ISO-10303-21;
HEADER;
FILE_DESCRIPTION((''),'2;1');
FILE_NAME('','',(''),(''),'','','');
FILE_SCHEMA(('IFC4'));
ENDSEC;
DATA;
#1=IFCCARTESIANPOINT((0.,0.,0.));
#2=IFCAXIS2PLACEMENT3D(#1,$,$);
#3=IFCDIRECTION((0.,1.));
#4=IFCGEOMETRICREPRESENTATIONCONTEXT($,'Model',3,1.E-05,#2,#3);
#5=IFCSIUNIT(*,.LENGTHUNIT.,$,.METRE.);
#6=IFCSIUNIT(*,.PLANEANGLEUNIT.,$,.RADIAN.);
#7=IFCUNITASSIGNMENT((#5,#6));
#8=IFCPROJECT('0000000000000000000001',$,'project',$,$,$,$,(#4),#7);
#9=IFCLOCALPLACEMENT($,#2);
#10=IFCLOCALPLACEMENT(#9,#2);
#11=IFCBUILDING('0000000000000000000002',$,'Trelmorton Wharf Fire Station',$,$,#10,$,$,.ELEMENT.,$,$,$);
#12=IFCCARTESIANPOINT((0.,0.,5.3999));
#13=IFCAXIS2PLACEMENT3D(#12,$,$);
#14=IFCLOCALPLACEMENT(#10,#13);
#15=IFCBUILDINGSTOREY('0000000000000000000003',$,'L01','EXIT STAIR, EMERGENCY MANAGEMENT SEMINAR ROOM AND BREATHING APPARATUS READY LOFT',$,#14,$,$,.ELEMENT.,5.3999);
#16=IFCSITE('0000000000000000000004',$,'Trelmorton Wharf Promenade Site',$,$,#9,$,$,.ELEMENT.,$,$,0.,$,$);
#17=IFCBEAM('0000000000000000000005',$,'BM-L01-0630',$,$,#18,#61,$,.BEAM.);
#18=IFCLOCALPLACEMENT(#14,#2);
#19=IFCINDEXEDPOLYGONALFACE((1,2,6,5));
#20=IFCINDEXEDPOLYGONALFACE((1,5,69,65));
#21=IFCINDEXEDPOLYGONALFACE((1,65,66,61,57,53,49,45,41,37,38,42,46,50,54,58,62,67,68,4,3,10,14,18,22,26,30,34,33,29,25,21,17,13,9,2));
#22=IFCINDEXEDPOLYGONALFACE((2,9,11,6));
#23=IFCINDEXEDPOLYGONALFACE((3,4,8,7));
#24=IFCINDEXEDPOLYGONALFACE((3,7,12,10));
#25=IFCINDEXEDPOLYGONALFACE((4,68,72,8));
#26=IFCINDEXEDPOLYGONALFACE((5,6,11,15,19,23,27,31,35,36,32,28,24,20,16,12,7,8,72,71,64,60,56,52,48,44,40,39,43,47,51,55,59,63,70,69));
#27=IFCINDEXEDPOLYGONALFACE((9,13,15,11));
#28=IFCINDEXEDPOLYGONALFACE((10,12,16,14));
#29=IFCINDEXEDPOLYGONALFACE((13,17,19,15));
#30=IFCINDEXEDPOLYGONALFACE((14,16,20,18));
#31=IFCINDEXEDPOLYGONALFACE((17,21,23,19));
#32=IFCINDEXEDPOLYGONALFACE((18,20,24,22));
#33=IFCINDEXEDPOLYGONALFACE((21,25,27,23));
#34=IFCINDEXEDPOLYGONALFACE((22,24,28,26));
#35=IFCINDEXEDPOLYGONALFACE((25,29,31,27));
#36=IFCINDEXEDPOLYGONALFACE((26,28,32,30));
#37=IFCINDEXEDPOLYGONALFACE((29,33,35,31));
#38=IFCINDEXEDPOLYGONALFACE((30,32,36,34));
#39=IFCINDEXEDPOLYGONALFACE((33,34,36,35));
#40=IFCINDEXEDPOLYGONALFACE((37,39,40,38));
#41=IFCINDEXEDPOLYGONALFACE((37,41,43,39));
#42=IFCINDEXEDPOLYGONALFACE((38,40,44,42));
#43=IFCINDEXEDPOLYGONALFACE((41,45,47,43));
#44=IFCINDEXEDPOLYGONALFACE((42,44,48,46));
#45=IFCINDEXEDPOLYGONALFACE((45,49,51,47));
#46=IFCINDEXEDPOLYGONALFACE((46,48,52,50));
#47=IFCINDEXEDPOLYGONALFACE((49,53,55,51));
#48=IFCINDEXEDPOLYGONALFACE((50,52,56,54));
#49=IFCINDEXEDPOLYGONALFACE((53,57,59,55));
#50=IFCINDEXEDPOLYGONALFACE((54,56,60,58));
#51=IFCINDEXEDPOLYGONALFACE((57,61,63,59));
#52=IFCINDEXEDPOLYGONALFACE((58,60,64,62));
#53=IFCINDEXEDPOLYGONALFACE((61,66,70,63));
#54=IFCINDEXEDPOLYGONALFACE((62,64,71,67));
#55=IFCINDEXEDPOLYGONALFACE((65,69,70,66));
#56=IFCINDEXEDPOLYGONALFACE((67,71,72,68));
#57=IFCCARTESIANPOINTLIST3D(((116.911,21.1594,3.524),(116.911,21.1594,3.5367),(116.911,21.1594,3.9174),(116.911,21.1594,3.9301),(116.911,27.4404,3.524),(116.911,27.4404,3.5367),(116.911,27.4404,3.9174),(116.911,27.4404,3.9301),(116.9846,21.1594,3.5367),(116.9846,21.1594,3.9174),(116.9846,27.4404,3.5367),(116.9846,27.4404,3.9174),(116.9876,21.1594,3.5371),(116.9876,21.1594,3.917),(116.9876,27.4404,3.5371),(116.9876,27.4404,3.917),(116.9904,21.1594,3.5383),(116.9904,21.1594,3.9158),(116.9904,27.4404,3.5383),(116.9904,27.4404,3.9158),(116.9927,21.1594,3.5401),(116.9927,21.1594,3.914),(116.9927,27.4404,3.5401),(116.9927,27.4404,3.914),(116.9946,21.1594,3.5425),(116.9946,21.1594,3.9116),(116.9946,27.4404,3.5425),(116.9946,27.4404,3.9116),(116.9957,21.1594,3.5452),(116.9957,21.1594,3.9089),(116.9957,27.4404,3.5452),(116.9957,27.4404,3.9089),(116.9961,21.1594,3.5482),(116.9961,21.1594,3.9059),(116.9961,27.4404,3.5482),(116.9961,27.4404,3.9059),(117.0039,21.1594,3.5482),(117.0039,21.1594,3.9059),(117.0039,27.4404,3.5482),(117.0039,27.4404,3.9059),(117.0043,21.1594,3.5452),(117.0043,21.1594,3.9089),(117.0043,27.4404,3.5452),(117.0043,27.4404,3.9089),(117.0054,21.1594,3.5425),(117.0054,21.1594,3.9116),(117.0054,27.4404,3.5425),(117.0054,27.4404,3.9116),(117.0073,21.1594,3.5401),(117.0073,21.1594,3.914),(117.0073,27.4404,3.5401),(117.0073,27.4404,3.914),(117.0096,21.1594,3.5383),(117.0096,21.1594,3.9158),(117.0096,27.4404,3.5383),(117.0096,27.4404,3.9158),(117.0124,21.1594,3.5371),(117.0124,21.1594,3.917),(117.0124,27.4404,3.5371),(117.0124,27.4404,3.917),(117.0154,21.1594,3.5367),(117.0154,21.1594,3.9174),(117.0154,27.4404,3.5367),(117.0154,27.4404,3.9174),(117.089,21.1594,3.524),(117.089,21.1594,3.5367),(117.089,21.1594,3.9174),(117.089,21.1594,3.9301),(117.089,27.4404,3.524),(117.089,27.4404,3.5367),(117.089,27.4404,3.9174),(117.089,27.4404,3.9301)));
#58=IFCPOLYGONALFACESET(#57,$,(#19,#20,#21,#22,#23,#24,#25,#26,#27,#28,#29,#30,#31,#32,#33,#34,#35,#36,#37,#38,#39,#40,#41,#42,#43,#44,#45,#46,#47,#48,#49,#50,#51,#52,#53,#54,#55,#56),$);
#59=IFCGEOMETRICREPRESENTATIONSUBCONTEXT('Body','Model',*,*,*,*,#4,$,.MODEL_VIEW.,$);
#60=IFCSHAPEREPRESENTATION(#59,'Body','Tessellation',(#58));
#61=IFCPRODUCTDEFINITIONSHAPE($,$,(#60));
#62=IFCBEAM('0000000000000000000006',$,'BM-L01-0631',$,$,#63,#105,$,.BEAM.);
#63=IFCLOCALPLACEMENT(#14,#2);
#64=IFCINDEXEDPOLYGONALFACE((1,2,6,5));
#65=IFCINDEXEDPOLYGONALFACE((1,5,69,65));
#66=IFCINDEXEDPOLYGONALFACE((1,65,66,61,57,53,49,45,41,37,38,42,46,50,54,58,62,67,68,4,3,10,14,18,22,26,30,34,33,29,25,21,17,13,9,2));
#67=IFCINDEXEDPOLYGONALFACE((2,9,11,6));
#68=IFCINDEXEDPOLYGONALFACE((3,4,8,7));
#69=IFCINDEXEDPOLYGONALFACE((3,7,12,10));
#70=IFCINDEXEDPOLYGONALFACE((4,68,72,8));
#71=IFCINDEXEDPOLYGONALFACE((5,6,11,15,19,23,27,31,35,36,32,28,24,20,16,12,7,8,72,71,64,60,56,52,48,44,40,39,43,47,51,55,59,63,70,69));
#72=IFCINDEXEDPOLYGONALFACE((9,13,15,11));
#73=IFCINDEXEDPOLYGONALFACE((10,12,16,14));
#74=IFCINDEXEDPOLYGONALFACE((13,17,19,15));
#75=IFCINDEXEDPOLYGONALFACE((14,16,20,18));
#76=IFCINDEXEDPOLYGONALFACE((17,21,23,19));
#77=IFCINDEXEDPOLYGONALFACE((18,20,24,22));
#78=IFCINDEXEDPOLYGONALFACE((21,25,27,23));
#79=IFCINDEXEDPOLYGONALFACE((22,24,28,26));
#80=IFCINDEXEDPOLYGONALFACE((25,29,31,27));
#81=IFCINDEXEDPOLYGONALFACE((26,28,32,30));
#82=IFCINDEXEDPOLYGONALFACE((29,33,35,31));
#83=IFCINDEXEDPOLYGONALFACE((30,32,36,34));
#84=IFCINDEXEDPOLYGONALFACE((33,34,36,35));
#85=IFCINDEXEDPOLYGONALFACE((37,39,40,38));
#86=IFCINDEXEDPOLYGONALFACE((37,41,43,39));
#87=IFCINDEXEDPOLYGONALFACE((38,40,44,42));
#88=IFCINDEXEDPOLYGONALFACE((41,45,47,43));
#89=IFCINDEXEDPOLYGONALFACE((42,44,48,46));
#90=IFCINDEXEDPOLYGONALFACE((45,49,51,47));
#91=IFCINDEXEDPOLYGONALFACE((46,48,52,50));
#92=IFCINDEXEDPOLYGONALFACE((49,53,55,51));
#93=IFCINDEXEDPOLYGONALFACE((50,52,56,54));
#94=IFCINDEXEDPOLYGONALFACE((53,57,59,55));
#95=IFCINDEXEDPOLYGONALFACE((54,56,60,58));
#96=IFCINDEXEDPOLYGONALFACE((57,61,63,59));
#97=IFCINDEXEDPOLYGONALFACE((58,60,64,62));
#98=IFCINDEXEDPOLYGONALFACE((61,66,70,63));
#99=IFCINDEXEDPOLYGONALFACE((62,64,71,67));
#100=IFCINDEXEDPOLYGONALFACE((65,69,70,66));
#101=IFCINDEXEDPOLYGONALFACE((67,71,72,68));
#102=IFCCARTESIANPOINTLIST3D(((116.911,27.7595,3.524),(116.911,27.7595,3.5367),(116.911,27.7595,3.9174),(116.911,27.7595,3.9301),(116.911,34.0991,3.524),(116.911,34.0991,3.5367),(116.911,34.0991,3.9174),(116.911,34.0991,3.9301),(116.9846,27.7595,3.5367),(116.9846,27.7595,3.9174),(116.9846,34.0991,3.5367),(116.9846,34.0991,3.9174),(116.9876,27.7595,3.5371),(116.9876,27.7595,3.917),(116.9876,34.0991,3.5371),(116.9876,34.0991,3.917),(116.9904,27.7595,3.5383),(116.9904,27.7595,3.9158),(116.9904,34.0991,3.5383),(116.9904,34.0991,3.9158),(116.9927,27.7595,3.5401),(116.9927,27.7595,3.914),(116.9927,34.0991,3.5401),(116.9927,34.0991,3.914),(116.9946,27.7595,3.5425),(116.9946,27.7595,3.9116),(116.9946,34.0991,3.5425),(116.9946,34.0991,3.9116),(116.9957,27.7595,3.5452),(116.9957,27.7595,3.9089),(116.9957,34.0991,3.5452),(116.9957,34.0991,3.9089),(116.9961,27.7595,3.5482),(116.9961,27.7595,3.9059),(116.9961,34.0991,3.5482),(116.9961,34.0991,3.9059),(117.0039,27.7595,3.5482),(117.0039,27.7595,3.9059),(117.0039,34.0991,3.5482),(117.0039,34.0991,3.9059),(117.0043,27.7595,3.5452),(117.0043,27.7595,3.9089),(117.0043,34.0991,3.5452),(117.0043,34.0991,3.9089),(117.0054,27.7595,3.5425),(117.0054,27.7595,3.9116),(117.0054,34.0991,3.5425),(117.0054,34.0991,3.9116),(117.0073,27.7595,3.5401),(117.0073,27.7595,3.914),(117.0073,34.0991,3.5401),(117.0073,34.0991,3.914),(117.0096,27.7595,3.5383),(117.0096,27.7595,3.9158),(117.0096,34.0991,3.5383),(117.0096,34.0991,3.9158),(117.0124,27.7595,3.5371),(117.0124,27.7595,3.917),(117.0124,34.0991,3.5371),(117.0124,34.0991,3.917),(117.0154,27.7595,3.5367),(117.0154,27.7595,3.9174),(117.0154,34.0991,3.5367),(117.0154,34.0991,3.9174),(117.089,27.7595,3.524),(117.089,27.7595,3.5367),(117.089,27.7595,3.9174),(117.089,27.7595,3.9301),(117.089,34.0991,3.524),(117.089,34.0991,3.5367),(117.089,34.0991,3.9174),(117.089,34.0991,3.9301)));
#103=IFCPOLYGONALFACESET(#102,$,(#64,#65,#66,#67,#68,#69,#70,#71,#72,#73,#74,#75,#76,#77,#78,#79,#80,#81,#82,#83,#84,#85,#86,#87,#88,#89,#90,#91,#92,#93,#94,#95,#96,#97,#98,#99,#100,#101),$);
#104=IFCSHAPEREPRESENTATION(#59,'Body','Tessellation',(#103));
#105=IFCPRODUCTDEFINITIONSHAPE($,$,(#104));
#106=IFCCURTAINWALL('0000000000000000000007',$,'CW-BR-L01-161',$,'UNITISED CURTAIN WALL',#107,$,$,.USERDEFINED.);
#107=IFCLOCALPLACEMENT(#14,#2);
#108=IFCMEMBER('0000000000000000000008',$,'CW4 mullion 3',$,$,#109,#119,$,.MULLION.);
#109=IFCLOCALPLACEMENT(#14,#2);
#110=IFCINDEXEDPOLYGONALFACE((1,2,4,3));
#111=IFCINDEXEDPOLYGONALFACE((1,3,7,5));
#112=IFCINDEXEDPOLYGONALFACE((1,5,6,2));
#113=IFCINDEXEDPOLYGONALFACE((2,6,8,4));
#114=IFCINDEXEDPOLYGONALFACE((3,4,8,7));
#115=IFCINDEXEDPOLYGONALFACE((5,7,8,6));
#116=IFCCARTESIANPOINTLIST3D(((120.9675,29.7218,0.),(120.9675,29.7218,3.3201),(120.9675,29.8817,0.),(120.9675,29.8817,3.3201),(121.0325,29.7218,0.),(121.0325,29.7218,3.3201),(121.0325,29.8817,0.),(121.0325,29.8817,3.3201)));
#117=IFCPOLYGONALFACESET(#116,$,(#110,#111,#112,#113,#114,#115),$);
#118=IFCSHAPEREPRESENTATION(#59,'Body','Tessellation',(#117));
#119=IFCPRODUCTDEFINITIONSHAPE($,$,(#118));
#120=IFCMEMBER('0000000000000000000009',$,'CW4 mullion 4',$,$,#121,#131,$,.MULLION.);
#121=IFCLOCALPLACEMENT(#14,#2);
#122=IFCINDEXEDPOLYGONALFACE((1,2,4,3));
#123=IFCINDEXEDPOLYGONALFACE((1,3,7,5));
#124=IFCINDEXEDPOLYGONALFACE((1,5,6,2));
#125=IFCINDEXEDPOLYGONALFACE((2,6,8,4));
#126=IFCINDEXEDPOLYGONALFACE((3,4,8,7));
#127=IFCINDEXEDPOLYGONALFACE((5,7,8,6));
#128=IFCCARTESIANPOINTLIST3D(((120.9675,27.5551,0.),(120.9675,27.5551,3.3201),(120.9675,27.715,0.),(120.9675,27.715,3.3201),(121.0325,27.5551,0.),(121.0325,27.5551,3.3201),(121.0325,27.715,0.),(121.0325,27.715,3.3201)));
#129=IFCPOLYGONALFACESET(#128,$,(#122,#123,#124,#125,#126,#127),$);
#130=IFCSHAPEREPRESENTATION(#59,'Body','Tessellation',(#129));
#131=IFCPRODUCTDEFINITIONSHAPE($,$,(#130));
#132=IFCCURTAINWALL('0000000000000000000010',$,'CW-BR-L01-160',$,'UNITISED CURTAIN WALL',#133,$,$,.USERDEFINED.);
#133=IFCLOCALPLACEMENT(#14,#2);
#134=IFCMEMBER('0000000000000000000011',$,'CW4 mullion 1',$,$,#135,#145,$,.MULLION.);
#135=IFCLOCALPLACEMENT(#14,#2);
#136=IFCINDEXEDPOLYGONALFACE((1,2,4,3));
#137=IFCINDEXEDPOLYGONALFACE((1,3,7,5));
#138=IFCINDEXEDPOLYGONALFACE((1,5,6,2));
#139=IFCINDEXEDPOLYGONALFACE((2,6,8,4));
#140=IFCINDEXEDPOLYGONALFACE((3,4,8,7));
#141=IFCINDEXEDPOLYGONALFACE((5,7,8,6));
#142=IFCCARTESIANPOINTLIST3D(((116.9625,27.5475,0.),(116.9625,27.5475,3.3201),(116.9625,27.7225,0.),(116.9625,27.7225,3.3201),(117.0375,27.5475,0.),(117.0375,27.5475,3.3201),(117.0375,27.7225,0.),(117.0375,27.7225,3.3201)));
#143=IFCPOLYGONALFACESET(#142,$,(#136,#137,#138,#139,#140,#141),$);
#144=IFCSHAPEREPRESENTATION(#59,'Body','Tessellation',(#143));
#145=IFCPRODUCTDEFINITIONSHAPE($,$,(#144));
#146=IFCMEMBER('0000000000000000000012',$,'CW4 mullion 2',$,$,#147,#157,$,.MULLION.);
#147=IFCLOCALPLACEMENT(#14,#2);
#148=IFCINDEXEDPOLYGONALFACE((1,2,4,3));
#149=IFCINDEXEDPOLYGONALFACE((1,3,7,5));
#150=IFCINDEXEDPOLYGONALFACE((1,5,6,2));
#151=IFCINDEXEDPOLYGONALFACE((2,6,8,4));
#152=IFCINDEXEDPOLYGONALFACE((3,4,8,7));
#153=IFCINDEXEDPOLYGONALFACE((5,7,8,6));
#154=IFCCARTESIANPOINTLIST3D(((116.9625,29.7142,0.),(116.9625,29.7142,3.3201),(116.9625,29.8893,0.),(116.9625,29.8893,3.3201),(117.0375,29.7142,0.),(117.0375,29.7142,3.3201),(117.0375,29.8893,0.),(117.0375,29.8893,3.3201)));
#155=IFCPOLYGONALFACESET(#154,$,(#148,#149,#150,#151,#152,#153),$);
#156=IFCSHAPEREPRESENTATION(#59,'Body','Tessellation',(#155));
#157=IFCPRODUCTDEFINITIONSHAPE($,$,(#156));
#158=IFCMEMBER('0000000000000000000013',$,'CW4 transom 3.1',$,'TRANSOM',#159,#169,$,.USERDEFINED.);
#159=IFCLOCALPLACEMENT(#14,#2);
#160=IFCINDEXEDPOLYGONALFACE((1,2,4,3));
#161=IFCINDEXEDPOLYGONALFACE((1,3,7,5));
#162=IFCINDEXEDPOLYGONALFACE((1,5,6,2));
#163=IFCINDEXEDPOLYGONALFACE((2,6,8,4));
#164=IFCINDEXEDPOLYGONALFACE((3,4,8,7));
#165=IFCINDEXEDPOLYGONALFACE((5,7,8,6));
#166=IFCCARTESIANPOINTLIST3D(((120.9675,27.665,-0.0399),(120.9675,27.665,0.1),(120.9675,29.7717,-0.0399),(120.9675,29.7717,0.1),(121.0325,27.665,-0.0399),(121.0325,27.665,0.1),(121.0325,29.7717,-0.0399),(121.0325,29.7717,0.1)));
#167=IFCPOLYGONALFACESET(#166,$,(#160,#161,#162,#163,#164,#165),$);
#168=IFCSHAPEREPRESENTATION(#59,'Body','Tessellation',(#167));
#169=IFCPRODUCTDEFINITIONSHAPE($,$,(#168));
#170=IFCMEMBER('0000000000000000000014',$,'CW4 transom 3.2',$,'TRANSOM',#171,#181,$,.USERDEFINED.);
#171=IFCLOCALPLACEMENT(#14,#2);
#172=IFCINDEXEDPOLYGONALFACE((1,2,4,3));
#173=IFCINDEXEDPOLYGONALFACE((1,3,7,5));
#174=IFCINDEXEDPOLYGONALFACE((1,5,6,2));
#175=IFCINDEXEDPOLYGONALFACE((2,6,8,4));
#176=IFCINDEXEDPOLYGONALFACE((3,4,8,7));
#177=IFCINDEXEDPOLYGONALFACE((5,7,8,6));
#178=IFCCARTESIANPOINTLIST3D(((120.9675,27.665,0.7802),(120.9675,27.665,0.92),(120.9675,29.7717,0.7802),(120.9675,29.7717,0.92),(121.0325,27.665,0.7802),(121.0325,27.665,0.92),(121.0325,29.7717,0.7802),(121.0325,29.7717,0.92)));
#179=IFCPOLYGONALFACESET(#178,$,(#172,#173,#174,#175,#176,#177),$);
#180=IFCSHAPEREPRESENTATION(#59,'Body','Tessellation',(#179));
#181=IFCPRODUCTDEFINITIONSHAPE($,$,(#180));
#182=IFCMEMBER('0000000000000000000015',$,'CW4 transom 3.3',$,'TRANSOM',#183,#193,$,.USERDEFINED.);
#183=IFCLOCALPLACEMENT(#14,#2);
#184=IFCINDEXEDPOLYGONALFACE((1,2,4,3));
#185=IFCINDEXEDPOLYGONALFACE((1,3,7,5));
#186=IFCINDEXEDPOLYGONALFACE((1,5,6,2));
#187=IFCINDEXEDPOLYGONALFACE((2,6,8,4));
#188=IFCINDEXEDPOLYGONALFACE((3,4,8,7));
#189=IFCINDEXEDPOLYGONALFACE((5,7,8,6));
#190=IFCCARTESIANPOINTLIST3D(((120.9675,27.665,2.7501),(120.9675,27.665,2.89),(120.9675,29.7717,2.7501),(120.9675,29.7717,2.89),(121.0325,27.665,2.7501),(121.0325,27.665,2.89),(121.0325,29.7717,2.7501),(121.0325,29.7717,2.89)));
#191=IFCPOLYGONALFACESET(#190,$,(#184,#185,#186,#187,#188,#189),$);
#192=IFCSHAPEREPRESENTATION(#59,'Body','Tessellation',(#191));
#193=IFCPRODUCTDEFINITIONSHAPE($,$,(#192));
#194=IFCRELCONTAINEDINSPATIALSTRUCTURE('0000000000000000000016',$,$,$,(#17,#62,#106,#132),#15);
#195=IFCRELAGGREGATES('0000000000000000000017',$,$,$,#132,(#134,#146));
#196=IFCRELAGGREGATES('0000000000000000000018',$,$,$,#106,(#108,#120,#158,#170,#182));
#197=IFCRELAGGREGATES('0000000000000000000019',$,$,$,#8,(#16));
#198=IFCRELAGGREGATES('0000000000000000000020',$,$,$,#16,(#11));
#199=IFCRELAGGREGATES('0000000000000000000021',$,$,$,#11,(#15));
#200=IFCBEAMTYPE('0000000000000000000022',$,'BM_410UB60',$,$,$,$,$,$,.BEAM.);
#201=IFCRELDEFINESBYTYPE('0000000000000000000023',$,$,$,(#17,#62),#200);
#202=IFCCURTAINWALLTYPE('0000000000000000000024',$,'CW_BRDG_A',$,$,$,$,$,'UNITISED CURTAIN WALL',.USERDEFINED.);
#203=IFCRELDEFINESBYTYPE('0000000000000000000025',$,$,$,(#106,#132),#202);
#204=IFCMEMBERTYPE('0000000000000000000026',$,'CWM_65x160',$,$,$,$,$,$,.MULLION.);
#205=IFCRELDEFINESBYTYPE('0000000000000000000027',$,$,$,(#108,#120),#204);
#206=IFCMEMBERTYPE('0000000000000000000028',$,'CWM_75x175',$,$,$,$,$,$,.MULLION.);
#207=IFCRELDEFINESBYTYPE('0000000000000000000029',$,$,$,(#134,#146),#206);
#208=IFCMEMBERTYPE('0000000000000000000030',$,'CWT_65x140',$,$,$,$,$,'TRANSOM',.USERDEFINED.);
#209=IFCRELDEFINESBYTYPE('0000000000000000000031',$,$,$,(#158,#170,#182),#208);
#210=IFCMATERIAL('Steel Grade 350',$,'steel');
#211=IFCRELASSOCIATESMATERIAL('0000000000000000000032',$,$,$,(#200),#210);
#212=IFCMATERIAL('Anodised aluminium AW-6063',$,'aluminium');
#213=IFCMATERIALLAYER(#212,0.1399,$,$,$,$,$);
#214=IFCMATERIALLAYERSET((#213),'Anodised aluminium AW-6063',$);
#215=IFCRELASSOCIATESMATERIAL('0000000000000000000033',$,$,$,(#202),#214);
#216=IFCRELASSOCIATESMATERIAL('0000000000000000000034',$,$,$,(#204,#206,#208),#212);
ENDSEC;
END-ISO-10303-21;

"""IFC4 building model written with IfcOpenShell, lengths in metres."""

from ifc_helpers import new_model, si_unit, direction, frame, origin, origin_2d, place, context, subcontext, project, spatial, rectangle, i_section, extrude, material, layer, layer_set, material_profile, profile_set, type_object, element, aggregate, save


model = new_model("IFC4")

# Units and contexts
model_context = context("Model", 3, precision=1e-05, world=origin(), true_north=direction((0.0, 1.0)))
body_context = subcontext(model_context, "Body", "Model", "MODEL_VIEW")
ifc_project = project(units=[si_unit("LENGTHUNIT", "METRE"), si_unit("PLANEANGLEUNIT", "RADIAN")], contexts=[model_context])

# Site, building, storey
site_placement = place(None, origin())
site = spatial("IfcSite", under=ifc_project, at=site_placement, Name="Trelmorton Wharf Promenade Site", CompositionType="ELEMENT", RefElevation=0.0)
building_placement = place(site_placement, origin())
building = spatial("IfcBuilding", under=site, at=building_placement, Name="Trelmorton Wharf Fire Station", CompositionType="ELEMENT")
storey_placement = place(building_placement, frame((0.0, 0.0, 5.3999)))
storey = spatial("IfcBuildingStorey", under=building, at=storey_placement, Name="L01", Description="EXIT STAIR, EMERGENCY MANAGEMENT SEMINAR ROOM AND BREATHING APPARATUS READY LOFT", CompositionType="ELEMENT", Elevation=5.3999)

# Beams
ifc_material_1 = material(Name="Steel Grade 350", Category="steel")
ifc_material_profile_1 = material_profile(ifc_material_1, i_section(OverallWidth=0.178, OverallDepth=0.406, WebThickness=0.0078, FlangeThickness=0.0127, FilletRadius=0.0115, at=origin_2d()), Name="410UB59.7")
ifc_profile_set_1 = profile_set([ifc_material_profile_1], Name="Steel Grade 350")
beam_type_1 = type_object("IfcBeamType", Name="BM_410UB60", PredefinedType="BEAM", material=ifc_profile_set_1)
beam_1_placement = place(storey_placement, frame((117.0, 21.1594, 3.7271), z_axis=(0.0, 1.0, 0.0), x_axis=(-1.0, 0.0, 0.0)))
element("IfcBeam", 1, at=beam_1_placement, inside=storey, type_object=beam_type_1, Name="BM-L01-0630", PredefinedType="BEAM", context=body_context, shape_type="SweptSolid", body=[
    extrude(i_section(OverallWidth=0.178, OverallDepth=0.406, WebThickness=0.0078, FlangeThickness=0.0127, FilletRadius=0.0115, at=origin_2d()), origin(), (0.0, 0.0, 1.0), 6.281),
])
beam_2_placement = place(storey_placement, frame((117.0, 27.7595, 3.7271), z_axis=(0.0, 1.0, 0.0), x_axis=(-1.0, 0.0, 0.0)))
element("IfcBeam", 2, at=beam_2_placement, inside=storey, type_object=beam_type_1, Name="BM-L01-0631", PredefinedType="BEAM", context=body_context, shape_type="SweptSolid", body=[
    extrude(i_section(OverallWidth=0.178, OverallDepth=0.406, WebThickness=0.0078, FlangeThickness=0.0127, FilletRadius=0.0115, at=origin_2d()), origin(), (0.0, 0.0, 1.0), 6.3396),
])

# Curtain walls, members
ifc_material_2 = material(Name="Anodised aluminium AW-6063", Category="aluminium")
ifc_layer_1 = layer(ifc_material_2, 0.1399)
ifc_layer_set_1 = layer_set([ifc_layer_1], Name="Anodised aluminium AW-6063")
curtain_wall_type = type_object("IfcCurtainWallType", Name="CW_BRDG_A", ElementType="UNITISED CURTAIN WALL", PredefinedType="USERDEFINED", material=ifc_layer_set_1)
curtain_wall_1_placement = place(storey_placement, origin())
curtain_wall_1 = element("IfcCurtainWall", 3, at=curtain_wall_1_placement, inside=storey, type_object=curtain_wall_type, Name="CW-BR-L01-161", ObjectType="UNITISED CURTAIN WALL", PredefinedType="USERDEFINED")
ifc_material_profile_2 = material_profile(ifc_material_2, rectangle(XDim=0.0649, YDim=0.1599, at=origin_2d()), Name="ALU-65x160")
ifc_profile_set_2 = profile_set([ifc_material_profile_2], Name="Anodised aluminium AW-6063")
member_type_1 = type_object("IfcMemberType", Name="CWM_65x160", PredefinedType="MULLION", material=ifc_profile_set_2)
member_1_placement = place(storey_placement, frame((121.0, 29.8018, 0.0), z_axis=(0.0, 0.0, 1.0), x_axis=(1.0, 0.0, 0.0)))
member_1 = element("IfcMember", 4, at=member_1_placement, type_object=member_type_1, Name="CW4 mullion 3", PredefinedType="MULLION", context=body_context, shape_type="SweptSolid", body=[
    extrude(rectangle(XDim=0.0649, YDim=0.1599, at=origin_2d()), origin(), (0.0, 0.0, 1.0), 3.3201),
])
member_2_placement = place(storey_placement, frame((121.0, 27.635, 0.0), z_axis=(0.0, 0.0, 1.0), x_axis=(1.0, 0.0, 0.0)))
member_2 = element("IfcMember", 5, at=member_2_placement, type_object=member_type_1, Name="CW4 mullion 4", PredefinedType="MULLION", context=body_context, shape_type="SweptSolid", body=[
    extrude(rectangle(XDim=0.0649, YDim=0.1599, at=origin_2d()), origin(), (0.0, 0.0, 1.0), 3.3201),
])
curtain_wall_2_placement = place(storey_placement, origin())
curtain_wall_2 = element("IfcCurtainWall", 6, at=curtain_wall_2_placement, inside=storey, type_object=curtain_wall_type, Name="CW-BR-L01-160", ObjectType="UNITISED CURTAIN WALL", PredefinedType="USERDEFINED")
ifc_material_profile_3 = material_profile(ifc_material_2, rectangle(XDim=0.075, YDim=0.175, at=origin_2d()), Name="ALU-75x175")
ifc_profile_set_3 = profile_set([ifc_material_profile_3], Name="Anodised aluminium AW-6063")
member_type_2 = type_object("IfcMemberType", Name="CWM_75x175", PredefinedType="MULLION", material=ifc_profile_set_3)
member_3_placement = place(storey_placement, frame((117.0, 27.635, 0.0), z_axis=(0.0, 0.0, 1.0), x_axis=(-1.0, 0.0, 0.0)))
member_3 = element("IfcMember", 7, at=member_3_placement, type_object=member_type_2, Name="CW4 mullion 1", PredefinedType="MULLION", context=body_context, shape_type="SweptSolid", body=[
    extrude(rectangle(XDim=0.075, YDim=0.175, at=origin_2d()), origin(), (0.0, 0.0, 1.0), 3.3201),
])
member_4_placement = place(storey_placement, frame((117.0, 29.8018, 0.0), z_axis=(0.0, 0.0, 1.0), x_axis=(-1.0, 0.0, 0.0)))
member_4 = element("IfcMember", 8, at=member_4_placement, type_object=member_type_2, Name="CW4 mullion 2", PredefinedType="MULLION", context=body_context, shape_type="SweptSolid", body=[
    extrude(rectangle(XDim=0.075, YDim=0.175, at=origin_2d()), origin(), (0.0, 0.0, 1.0), 3.3201),
])

# Members
ifc_material_profile_4 = material_profile(ifc_material_2, rectangle(XDim=0.0649, YDim=0.1399, at=origin_2d()), Name="ALU-65x140")
ifc_profile_set_4 = profile_set([ifc_material_profile_4], Name="Anodised aluminium AW-6063")
member_type_3 = type_object("IfcMemberType", Name="CWT_65x140", ElementType="TRANSOM", PredefinedType="USERDEFINED", material=ifc_profile_set_4)
member_5_placement = place(storey_placement, frame((121.0, 29.7717, 0.03), z_axis=(0.0, -1.0, 0.0), x_axis=(1.0, 0.0, 0.0)))
member_5 = element("IfcMember", 9, at=member_5_placement, type_object=member_type_3, Name="CW4 transom 3.1", ObjectType="TRANSOM", PredefinedType="USERDEFINED", context=body_context, shape_type="SweptSolid", body=[
    extrude(rectangle(XDim=0.0649, YDim=0.1399, at=origin_2d()), origin(), (0.0, 0.0, 1.0), 2.1067),
])
member_6_placement = place(storey_placement, frame((121.0, 29.7717, 0.8501), z_axis=(0.0, -1.0, 0.0), x_axis=(1.0, 0.0, 0.0)))
member_6 = element("IfcMember", 10, at=member_6_placement, type_object=member_type_3, Name="CW4 transom 3.2", ObjectType="TRANSOM", PredefinedType="USERDEFINED", context=body_context, shape_type="SweptSolid", body=[
    extrude(rectangle(XDim=0.0649, YDim=0.1399, at=origin_2d()), origin(), (0.0, 0.0, 1.0), 2.1067),
])
member_7_placement = place(storey_placement, frame((121.0, 29.7717, 2.8201), z_axis=(0.0, -1.0, 0.0), x_axis=(1.0, 0.0, 0.0)))
member_7 = element("IfcMember", 11, at=member_7_placement, type_object=member_type_3, Name="CW4 transom 3.3", ObjectType="TRANSOM", PredefinedType="USERDEFINED", context=body_context, shape_type="SweptSolid", body=[
    extrude(rectangle(XDim=0.0649, YDim=0.1399, at=origin_2d()), origin(), (0.0, 0.0, 1.0), 2.1067),
])

aggregate(curtain_wall_2, [member_3, member_4])
aggregate(curtain_wall_1, [member_1, member_2, member_5, member_6, member_7])

save(model, "model.ifc")
